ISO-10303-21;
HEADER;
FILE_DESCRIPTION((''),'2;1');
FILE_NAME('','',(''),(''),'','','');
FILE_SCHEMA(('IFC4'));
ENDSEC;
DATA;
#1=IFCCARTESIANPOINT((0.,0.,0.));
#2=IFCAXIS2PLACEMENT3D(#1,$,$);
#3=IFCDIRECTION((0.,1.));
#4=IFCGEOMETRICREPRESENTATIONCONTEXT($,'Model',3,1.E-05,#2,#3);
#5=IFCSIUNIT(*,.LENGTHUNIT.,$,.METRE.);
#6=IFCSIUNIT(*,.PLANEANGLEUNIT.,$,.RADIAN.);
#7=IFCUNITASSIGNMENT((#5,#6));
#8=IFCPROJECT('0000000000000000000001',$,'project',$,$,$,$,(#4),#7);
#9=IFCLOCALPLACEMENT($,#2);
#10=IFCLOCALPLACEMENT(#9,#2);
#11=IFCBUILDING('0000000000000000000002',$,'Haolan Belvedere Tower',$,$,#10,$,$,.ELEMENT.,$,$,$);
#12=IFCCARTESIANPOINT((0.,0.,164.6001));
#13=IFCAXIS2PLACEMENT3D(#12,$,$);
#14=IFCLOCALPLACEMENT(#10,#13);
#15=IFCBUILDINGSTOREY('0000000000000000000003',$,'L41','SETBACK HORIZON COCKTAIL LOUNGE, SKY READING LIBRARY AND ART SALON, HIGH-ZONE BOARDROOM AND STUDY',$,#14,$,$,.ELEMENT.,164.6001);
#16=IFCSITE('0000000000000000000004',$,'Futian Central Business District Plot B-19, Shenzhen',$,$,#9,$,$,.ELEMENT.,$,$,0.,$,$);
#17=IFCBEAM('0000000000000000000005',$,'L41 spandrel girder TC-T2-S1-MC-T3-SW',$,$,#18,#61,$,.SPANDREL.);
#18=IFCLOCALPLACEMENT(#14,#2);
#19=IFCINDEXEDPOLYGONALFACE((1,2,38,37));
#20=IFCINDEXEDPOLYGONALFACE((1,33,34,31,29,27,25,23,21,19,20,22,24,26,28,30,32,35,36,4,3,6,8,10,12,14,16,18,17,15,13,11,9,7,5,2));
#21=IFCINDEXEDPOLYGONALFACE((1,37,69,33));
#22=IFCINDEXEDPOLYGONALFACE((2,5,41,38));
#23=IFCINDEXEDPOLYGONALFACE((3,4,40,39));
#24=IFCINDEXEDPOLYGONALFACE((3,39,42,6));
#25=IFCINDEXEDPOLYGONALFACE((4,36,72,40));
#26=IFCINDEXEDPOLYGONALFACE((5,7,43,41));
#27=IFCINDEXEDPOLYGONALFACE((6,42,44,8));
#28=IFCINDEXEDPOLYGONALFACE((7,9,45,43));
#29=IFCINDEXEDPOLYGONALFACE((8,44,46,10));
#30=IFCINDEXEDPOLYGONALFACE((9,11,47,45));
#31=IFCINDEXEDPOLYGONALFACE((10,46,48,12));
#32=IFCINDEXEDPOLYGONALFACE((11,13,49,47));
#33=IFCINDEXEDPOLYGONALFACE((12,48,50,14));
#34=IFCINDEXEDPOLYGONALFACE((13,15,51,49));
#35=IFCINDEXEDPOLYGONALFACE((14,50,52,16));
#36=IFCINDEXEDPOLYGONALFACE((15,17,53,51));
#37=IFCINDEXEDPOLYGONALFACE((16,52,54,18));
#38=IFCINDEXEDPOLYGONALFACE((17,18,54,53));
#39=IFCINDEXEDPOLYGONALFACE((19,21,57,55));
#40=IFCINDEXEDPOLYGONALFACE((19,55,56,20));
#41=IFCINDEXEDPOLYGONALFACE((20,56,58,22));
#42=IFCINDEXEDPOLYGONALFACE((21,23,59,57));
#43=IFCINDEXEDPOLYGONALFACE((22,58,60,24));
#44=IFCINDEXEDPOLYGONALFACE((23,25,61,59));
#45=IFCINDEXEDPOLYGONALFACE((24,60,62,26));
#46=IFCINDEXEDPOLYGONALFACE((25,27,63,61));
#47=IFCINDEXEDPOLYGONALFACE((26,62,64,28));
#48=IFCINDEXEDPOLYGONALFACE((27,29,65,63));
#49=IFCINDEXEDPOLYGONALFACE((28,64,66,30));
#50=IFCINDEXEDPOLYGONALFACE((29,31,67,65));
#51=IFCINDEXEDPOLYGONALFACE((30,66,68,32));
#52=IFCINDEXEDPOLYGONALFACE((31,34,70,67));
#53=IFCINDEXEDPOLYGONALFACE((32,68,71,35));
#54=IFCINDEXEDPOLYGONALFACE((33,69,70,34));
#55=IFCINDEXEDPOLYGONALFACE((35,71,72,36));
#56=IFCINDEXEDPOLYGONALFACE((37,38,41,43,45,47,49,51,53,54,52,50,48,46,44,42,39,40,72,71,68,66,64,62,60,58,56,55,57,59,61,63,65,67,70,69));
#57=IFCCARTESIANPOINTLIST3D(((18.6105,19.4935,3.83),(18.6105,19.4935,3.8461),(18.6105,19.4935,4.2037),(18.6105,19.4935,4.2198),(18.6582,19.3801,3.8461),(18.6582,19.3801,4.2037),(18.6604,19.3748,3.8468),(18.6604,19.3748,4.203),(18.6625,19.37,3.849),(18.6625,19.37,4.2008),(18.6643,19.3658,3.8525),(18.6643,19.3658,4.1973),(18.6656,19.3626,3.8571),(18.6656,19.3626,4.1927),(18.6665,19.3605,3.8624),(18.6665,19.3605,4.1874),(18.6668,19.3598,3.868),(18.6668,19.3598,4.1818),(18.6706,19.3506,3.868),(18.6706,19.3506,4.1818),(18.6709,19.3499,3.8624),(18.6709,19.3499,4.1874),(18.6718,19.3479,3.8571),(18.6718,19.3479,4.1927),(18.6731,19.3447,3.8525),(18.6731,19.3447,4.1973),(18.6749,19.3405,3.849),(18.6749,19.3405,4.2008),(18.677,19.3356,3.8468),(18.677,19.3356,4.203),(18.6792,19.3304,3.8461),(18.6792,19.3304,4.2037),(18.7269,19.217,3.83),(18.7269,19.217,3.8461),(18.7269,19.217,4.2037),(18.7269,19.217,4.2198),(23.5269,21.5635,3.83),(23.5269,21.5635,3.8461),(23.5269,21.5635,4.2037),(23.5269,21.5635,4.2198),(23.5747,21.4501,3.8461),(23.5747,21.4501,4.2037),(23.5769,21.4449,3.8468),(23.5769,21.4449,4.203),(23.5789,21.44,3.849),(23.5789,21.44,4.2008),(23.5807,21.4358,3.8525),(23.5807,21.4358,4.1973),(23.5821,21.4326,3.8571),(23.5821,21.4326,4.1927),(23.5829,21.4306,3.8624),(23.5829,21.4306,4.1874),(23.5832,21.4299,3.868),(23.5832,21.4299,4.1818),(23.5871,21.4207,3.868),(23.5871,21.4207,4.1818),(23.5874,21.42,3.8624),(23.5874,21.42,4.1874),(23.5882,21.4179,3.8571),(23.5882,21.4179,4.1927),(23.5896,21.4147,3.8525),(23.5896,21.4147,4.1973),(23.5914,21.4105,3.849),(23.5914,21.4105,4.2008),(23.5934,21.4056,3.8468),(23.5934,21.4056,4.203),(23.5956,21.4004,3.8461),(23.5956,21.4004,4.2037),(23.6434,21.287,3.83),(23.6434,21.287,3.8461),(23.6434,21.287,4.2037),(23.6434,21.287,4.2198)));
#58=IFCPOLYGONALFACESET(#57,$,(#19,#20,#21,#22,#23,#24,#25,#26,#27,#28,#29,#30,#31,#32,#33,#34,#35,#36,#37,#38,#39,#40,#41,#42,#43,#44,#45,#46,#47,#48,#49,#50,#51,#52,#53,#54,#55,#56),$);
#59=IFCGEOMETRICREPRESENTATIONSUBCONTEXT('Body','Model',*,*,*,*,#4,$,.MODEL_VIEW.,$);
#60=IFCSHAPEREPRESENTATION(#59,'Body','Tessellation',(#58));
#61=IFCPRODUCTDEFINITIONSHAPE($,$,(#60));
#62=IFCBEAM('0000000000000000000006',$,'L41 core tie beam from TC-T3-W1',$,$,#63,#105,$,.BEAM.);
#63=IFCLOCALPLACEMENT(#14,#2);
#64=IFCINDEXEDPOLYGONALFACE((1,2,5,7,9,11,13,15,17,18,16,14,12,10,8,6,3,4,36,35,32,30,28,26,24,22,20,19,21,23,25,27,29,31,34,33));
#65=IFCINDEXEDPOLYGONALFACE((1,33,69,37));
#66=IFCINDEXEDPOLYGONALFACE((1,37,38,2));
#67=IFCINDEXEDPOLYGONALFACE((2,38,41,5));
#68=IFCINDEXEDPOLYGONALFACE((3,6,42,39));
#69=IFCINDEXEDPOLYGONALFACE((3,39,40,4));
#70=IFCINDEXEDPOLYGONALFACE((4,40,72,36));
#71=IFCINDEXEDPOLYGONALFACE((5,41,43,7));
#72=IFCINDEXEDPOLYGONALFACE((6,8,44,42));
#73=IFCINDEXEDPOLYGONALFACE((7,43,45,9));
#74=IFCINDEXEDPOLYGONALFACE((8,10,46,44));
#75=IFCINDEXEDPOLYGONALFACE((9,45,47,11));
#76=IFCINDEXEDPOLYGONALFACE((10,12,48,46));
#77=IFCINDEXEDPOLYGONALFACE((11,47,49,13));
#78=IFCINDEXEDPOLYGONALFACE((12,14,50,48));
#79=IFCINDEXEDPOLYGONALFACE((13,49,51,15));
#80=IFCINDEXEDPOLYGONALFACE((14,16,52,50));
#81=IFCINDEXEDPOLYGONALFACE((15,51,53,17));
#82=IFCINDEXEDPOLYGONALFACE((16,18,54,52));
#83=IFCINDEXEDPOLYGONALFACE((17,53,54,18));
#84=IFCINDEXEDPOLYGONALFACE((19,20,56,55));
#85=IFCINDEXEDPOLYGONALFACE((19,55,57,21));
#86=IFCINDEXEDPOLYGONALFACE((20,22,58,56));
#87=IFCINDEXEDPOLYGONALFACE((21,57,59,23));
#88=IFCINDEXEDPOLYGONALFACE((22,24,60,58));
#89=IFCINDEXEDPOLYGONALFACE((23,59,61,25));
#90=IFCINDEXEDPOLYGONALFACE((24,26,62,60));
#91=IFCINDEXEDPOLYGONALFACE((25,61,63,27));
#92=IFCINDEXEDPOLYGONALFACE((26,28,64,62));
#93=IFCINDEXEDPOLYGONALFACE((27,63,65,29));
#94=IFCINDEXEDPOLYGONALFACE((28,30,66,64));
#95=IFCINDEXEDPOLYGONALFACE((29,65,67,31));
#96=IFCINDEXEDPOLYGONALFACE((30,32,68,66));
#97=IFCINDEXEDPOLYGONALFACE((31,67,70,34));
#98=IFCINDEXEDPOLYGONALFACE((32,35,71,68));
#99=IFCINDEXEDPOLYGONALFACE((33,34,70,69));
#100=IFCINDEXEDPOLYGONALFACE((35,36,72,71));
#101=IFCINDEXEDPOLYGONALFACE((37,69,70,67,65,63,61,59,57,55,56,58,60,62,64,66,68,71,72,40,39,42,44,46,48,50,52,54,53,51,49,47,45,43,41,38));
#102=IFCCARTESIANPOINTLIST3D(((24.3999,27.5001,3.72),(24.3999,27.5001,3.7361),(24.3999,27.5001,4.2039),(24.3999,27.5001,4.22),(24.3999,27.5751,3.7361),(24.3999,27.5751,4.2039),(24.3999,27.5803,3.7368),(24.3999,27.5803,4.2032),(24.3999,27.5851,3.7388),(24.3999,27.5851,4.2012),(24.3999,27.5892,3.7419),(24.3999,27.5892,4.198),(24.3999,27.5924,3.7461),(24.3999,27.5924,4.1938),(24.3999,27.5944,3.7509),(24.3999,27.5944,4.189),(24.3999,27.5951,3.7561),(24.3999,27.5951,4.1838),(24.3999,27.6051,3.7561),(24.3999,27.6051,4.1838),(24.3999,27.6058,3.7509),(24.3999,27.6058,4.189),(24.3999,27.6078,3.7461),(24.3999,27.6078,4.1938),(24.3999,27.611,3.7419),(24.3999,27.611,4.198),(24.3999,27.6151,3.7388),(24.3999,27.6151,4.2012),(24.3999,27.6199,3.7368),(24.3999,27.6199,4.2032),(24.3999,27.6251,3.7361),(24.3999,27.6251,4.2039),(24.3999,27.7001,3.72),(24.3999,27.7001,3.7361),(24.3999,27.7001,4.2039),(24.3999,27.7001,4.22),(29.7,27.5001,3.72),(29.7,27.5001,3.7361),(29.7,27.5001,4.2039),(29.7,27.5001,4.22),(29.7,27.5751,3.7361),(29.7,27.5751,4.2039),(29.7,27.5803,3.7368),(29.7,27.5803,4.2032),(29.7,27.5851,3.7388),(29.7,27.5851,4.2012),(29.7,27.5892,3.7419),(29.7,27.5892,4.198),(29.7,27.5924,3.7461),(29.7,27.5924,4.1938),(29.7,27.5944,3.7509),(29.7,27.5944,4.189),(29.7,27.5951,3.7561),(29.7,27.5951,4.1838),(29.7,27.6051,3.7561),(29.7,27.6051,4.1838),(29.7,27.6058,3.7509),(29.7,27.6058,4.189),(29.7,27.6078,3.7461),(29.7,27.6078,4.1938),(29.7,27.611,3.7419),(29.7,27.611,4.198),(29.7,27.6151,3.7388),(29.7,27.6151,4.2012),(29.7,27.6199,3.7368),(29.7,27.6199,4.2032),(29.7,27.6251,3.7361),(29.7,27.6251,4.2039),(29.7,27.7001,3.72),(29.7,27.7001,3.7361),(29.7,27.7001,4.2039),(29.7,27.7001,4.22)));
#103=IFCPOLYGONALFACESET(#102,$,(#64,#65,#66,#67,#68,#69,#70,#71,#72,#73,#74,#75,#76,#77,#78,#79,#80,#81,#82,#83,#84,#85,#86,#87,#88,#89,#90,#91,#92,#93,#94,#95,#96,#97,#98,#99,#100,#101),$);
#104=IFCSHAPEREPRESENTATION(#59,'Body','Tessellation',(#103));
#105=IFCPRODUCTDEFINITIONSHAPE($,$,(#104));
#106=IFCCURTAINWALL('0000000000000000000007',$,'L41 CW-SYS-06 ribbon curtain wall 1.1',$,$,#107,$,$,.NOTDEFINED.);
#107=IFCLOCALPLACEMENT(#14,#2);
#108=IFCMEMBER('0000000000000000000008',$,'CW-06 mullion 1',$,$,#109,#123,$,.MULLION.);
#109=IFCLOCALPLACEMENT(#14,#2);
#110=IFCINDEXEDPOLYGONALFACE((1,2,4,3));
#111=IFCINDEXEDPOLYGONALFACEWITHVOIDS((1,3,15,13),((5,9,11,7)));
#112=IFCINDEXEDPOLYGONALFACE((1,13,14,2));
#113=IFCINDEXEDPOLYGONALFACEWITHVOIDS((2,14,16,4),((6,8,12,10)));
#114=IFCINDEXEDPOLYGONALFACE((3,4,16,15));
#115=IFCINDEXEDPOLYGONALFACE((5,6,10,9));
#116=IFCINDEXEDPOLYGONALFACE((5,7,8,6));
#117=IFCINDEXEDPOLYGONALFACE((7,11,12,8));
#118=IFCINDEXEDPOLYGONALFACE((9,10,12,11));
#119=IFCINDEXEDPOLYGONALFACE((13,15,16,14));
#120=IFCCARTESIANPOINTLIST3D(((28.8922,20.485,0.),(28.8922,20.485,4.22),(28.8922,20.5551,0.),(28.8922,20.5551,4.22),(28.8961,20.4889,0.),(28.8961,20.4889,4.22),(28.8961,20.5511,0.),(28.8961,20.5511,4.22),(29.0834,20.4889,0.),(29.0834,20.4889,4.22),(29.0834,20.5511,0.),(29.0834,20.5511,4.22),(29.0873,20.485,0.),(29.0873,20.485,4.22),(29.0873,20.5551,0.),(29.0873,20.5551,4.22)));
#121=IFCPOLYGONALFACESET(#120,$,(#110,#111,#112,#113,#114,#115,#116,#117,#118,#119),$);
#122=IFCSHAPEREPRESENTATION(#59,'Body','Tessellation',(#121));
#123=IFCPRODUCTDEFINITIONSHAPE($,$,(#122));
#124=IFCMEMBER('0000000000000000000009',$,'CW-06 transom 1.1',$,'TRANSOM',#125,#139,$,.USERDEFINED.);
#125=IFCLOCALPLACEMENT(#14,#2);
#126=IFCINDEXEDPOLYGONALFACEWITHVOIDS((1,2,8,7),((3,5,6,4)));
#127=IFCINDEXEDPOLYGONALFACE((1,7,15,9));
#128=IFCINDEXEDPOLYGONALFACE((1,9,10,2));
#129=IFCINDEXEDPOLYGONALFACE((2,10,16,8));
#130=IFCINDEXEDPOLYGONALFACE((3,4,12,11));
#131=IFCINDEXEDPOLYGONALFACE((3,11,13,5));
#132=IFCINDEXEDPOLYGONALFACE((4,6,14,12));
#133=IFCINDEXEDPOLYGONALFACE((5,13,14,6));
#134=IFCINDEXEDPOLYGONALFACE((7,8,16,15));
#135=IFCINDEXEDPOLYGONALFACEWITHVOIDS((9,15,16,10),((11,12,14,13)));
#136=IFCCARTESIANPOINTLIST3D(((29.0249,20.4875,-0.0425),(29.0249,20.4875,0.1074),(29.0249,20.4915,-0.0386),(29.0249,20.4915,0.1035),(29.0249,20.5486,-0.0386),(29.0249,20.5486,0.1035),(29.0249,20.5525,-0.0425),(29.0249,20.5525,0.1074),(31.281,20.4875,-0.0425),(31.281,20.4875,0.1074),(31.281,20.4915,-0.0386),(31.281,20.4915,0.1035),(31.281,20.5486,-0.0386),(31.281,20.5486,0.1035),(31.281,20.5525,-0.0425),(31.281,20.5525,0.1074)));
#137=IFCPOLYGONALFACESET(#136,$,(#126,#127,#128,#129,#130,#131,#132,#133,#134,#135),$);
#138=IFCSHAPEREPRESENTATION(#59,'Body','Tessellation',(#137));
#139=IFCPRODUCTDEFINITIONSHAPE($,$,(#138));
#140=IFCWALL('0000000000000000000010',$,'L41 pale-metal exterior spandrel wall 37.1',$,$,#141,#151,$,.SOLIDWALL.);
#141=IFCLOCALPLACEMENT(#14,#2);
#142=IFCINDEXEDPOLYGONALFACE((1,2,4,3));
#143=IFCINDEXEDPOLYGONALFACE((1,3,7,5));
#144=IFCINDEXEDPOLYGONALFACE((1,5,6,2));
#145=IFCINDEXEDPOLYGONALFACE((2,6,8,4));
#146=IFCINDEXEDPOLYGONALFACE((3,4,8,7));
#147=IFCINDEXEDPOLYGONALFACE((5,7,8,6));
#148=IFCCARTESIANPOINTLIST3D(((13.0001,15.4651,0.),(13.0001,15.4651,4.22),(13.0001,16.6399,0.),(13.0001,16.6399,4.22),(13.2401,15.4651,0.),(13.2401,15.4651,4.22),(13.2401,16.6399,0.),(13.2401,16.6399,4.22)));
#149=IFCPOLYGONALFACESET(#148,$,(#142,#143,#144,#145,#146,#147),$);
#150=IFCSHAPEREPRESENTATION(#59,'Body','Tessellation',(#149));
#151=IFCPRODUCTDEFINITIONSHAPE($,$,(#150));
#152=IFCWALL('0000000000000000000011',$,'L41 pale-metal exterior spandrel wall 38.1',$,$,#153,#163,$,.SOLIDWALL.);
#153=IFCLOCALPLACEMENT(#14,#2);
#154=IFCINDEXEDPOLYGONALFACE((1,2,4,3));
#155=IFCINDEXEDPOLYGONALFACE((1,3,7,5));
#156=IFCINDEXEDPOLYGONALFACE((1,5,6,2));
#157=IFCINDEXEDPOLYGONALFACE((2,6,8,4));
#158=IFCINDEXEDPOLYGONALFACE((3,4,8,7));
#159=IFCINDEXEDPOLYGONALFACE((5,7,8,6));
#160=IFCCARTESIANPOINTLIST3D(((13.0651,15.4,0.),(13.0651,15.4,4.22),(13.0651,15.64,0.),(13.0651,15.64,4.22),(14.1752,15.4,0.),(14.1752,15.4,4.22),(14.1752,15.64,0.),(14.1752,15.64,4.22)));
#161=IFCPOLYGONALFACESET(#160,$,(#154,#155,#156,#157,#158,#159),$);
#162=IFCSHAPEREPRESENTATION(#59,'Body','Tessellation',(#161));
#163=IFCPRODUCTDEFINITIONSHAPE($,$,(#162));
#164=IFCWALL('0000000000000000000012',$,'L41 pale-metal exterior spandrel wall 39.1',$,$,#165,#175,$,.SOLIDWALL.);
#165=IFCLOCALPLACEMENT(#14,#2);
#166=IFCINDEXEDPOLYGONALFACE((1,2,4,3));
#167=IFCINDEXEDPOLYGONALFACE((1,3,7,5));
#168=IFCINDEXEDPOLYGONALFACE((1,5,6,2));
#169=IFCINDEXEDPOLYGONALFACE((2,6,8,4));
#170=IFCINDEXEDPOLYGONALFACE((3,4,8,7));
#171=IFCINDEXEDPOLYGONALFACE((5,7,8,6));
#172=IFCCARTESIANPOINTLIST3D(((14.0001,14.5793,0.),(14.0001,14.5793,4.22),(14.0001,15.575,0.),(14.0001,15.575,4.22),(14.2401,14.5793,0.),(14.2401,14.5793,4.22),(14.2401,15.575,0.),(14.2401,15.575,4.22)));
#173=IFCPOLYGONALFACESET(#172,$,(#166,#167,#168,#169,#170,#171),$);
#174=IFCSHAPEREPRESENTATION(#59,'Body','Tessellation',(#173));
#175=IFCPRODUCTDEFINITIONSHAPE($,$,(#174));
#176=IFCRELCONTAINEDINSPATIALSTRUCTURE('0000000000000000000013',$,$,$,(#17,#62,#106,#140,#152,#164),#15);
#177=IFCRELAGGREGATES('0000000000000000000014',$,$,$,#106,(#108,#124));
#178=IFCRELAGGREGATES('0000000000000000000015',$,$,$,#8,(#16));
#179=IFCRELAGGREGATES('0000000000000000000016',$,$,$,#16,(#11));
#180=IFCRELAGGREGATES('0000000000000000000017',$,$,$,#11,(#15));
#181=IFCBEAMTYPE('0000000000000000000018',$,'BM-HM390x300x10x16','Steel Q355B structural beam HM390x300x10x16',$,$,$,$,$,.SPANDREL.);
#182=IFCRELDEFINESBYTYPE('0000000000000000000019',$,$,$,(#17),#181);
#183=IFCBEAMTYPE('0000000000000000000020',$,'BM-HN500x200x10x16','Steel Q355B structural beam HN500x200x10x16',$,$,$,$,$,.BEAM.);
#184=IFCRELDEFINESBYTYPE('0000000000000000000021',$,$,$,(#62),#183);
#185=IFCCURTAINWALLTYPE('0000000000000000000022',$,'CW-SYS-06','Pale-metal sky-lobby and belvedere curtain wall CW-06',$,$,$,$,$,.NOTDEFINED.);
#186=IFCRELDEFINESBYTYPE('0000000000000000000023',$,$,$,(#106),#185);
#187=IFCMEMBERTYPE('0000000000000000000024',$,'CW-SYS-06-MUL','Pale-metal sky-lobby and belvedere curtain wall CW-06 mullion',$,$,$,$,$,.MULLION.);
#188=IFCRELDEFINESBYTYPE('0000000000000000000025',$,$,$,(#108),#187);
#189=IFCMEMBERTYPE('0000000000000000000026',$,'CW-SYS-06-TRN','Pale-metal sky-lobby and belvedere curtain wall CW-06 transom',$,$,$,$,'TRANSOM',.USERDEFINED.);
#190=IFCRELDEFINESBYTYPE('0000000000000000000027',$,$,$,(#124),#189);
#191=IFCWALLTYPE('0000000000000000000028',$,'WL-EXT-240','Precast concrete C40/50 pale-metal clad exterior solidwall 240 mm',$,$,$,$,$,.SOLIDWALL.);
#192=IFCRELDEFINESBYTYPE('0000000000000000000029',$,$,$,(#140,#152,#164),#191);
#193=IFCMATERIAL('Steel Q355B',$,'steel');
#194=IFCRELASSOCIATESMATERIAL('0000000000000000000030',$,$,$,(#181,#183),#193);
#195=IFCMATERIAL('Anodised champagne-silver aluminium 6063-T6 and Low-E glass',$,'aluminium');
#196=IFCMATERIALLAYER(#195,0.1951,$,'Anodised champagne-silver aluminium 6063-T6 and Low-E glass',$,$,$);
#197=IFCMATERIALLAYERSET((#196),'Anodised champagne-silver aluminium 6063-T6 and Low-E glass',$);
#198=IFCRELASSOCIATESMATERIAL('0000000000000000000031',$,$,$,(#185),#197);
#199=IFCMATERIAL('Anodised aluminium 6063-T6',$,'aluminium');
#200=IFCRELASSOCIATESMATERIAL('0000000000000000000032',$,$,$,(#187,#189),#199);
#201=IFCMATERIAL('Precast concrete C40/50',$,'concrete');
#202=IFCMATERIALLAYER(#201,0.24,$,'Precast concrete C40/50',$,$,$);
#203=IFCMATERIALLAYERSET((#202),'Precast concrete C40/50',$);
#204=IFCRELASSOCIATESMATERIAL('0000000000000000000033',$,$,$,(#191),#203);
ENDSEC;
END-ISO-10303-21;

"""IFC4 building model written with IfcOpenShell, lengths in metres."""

from ifc_helpers import new_model, si_unit, direction, frame, frame_2d, origin, origin_2d, place, context, subcontext, project, spatial, rectangle, hollow_rectangle, i_section, extrude, material, layer, layer_set, material_profile, profile_set, type_object, element, aggregate, save


model = new_model("IFC4")

# Units and contexts
model_context = context("Model", 3, precision=1e-05, world=origin(), true_north=direction((0.0, 1.0)))
body_context = subcontext(model_context, "Body", "Model", "MODEL_VIEW")
ifc_project = project(units=[si_unit("LENGTHUNIT", "METRE"), si_unit("PLANEANGLEUNIT", "RADIAN")], contexts=[model_context])

# Site, building, storey
site_placement = place(None, origin())
site = spatial("IfcSite", under=ifc_project, at=site_placement, Name="Futian Central Business District Plot B-19, Shenzhen", CompositionType="ELEMENT", RefElevation=0.0)
building_placement = place(site_placement, origin())
building = spatial("IfcBuilding", under=site, at=building_placement, Name="Haolan Belvedere Tower", CompositionType="ELEMENT")
storey_placement = place(building_placement, frame((0.0, 0.0, 164.6001)))
storey = spatial("IfcBuildingStorey", under=building, at=storey_placement, Name="L41", Description="SETBACK HORIZON COCKTAIL LOUNGE, SKY READING LIBRARY AND ART SALON, HIGH-ZONE BOARDROOM AND STUDY", CompositionType="ELEMENT", Elevation=164.6001)

# Beams
ifc_material_1 = material(Name="Steel Q355B", Category="steel")
ifc_material_profile_1 = material_profile(ifc_material_1, i_section(OverallWidth=0.3, OverallDepth=0.3899, WebThickness=0.01, FlangeThickness=0.0161, FilletRadius=0.022, at=origin_2d()), Name="Steel Q355B")
ifc_profile_set_1 = profile_set([ifc_material_profile_1], Name="Steel Q355B")
beam_type_1 = type_object("IfcBeamType", Name="BM-HM390x300x10x16", Description="Steel Q355B structural beam HM390x300x10x16", PredefinedType="SPANDREL", material=ifc_profile_set_1)
beam_1_placement = place(storey_placement, frame((18.6687, 19.3552, 4.0249), z_axis=(0.921638, 0.388051, 0.0), x_axis=(-0.388051, 0.921638, 0.0)))
element("IfcBeam", 1, at=beam_1_placement, inside=storey, type_object=beam_type_1, Name="L41 spandrel girder TC-T2-S1-MC-T3-SW", PredefinedType="SPANDREL", context=body_context, shape_type="SweptSolid", body=[
    extrude(i_section(OverallWidth=0.3, OverallDepth=0.3899, WebThickness=0.01, FlangeThickness=0.0161, FilletRadius=0.022, at=origin_2d()), origin(), (0.0, 0.0, 1.0), 5.3345),
])
ifc_material_profile_2 = material_profile(ifc_material_1, i_section(OverallWidth=0.2, OverallDepth=0.5, WebThickness=0.01, FlangeThickness=0.0161, FilletRadius=0.02, at=origin_2d()), Name="Steel Q355B")
ifc_profile_set_2 = profile_set([ifc_material_profile_2], Name="Steel Q355B")
beam_type_2 = type_object("IfcBeamType", Name="BM-HN500x200x10x16", Description="Steel Q355B structural beam HN500x200x10x16", PredefinedType="BEAM", material=ifc_profile_set_2)
beam_2_placement = place(storey_placement, frame((24.3999, 27.6001, 3.97), z_axis=(1.0, 0.0, 0.0), x_axis=(0.0, 1.0, 0.0)))
element("IfcBeam", 2, at=beam_2_placement, inside=storey, type_object=beam_type_2, Name="L41 core tie beam from TC-T3-W1", PredefinedType="BEAM", context=body_context, shape_type="SweptSolid", body=[
    extrude(i_section(OverallWidth=0.2, OverallDepth=0.5, WebThickness=0.01, FlangeThickness=0.0161, FilletRadius=0.02, at=origin_2d()), origin(), (0.0, 0.0, 1.0), 5.3),
])

# Curtain wall, members
ifc_material_2 = material(Name="Anodised champagne-silver aluminium 6063-T6 and Low-E glass", Category="aluminium")
ifc_layer_1 = layer(ifc_material_2, 0.1951, Name="Anodised champagne-silver aluminium 6063-T6 and Low-E glass")
ifc_layer_set_1 = layer_set([ifc_layer_1], Name="Anodised champagne-silver aluminium 6063-T6 and Low-E glass")
curtain_wall_type = type_object("IfcCurtainWallType", Name="CW-SYS-06", Description="Pale-metal sky-lobby and belvedere curtain wall CW-06", PredefinedType="NOTDEFINED", material=ifc_layer_set_1)
curtain_wall_placement = place(storey_placement, origin())
curtain_wall = element("IfcCurtainWall", 3, at=curtain_wall_placement, inside=storey, type_object=curtain_wall_type, Name="L41 CW-SYS-06 ribbon curtain wall 1.1", PredefinedType="NOTDEFINED")
ifc_material_3 = material(Name="Anodised aluminium 6063-T6", Category="aluminium")
ifc_material_profile_3 = material_profile(ifc_material_3, hollow_rectangle(XDim=0.0701, YDim=0.1951, WallThickness=0.0039, at=origin_2d()), Name="Anodised aluminium 6063-T6")
ifc_profile_set_3 = profile_set([ifc_material_profile_3], Name="Anodised aluminium 6063-T6")
member_type_1 = type_object("IfcMemberType", Name="CW-SYS-06-MUL", Description="Pale-metal sky-lobby and belvedere curtain wall CW-06 mullion", PredefinedType="MULLION", material=ifc_profile_set_3)
member_1_placement = place(storey_placement, frame((28.9897, 20.52, 0.0), z_axis=(0.0, 0.0, 1.0), x_axis=(0.0, 1.0, 0.0)))
member_1 = element("IfcMember", 4, at=member_1_placement, type_object=member_type_1, Name="CW-06 mullion 1", PredefinedType="MULLION", context=body_context, shape_type="SweptSolid", body=[
    extrude(hollow_rectangle(XDim=0.0701, YDim=0.1951, WallThickness=0.0039, at=origin_2d()), origin(), (0.0, 0.0, 1.0), 4.22),
])
ifc_material_profile_4 = material_profile(ifc_material_3, hollow_rectangle(XDim=0.0649, YDim=0.1499, WallThickness=0.0039, at=origin_2d()), Name="Anodised aluminium 6063-T6")
ifc_profile_set_4 = profile_set([ifc_material_profile_4], Name="Anodised aluminium 6063-T6")
member_type_2 = type_object("IfcMemberType", Name="CW-SYS-06-TRN", Description="Pale-metal sky-lobby and belvedere curtain wall CW-06 transom", ElementType="TRANSOM", PredefinedType="USERDEFINED", material=ifc_profile_set_4)
member_2_placement = place(storey_placement, frame((29.0249, 20.52, 0.0325), z_axis=(1.0, 0.0, 0.0), x_axis=(0.0, 1.0, 0.0)))
member_2 = element("IfcMember", 5, at=member_2_placement, type_object=member_type_2, Name="CW-06 transom 1.1", ObjectType="TRANSOM", PredefinedType="USERDEFINED", context=body_context, shape_type="SweptSolid", body=[
    extrude(hollow_rectangle(XDim=0.0649, YDim=0.1499, WallThickness=0.0039, at=origin_2d()), origin(), (0.0, 0.0, 1.0), 2.2561),
])
aggregate(curtain_wall, [member_1, member_2])

# Walls
ifc_material_4 = material(Name="Precast concrete C40/50", Category="concrete")
ifc_layer_2 = layer(ifc_material_4, 0.24, Name="Precast concrete C40/50")
ifc_layer_set_2 = layer_set([ifc_layer_2], Name="Precast concrete C40/50")
wall_type_1 = type_object("IfcWallType", Name="WL-EXT-240", Description="Precast concrete C40/50 pale-metal clad exterior solidwall 240 mm", PredefinedType="SOLIDWALL", material=ifc_layer_set_2)
wall_1_placement = place(storey_placement, frame((13.1201, 16.6399, 0.0), z_axis=(0.0, 0.0, 1.0), x_axis=(0.0, -1.0, 0.0)))
element("IfcWall", 6, at=wall_1_placement, inside=storey, type_object=wall_type_1, Name="L41 pale-metal exterior spandrel wall 37.1", PredefinedType="SOLIDWALL", context=body_context, shape_type="SweptSolid", body=[
    extrude(rectangle(XDim=1.1748, YDim=0.24, at=frame_2d((0.5874, 0.0))), origin(), (0.0, 0.0, 1.0), 4.22),
])
wall_2_placement = place(storey_placement, frame((13.0649, 15.52, 0.0), z_axis=(0.0, 0.0, 1.0), x_axis=(1.0, 0.0, 0.0)))
element("IfcWall", 7, at=wall_2_placement, inside=storey, type_object=wall_type_1, Name="L41 pale-metal exterior spandrel wall 38.1", PredefinedType="SOLIDWALL", context=body_context, shape_type="SweptSolid", body=[
    extrude(rectangle(XDim=1.1101, YDim=0.24, at=frame_2d((0.5552, 0.0))), origin(), (0.0, 0.0, 1.0), 4.22),
])
wall_3_placement = place(storey_placement, frame((14.1201, 15.575, 0.0), z_axis=(0.0, 0.0, 1.0), x_axis=(0.0, -1.0, 0.0)))
element("IfcWall", 8, at=wall_3_placement, inside=storey, type_object=wall_type_1, Name="L41 pale-metal exterior spandrel wall 39.1", PredefinedType="SOLIDWALL", context=body_context, shape_type="SweptSolid", body=[
    extrude(rectangle(XDim=0.9956, YDim=0.24, at=frame_2d((0.4978, 0.0))), origin(), (0.0, 0.0, 1.0), 4.22),
])

save(model, "model.ifc")
